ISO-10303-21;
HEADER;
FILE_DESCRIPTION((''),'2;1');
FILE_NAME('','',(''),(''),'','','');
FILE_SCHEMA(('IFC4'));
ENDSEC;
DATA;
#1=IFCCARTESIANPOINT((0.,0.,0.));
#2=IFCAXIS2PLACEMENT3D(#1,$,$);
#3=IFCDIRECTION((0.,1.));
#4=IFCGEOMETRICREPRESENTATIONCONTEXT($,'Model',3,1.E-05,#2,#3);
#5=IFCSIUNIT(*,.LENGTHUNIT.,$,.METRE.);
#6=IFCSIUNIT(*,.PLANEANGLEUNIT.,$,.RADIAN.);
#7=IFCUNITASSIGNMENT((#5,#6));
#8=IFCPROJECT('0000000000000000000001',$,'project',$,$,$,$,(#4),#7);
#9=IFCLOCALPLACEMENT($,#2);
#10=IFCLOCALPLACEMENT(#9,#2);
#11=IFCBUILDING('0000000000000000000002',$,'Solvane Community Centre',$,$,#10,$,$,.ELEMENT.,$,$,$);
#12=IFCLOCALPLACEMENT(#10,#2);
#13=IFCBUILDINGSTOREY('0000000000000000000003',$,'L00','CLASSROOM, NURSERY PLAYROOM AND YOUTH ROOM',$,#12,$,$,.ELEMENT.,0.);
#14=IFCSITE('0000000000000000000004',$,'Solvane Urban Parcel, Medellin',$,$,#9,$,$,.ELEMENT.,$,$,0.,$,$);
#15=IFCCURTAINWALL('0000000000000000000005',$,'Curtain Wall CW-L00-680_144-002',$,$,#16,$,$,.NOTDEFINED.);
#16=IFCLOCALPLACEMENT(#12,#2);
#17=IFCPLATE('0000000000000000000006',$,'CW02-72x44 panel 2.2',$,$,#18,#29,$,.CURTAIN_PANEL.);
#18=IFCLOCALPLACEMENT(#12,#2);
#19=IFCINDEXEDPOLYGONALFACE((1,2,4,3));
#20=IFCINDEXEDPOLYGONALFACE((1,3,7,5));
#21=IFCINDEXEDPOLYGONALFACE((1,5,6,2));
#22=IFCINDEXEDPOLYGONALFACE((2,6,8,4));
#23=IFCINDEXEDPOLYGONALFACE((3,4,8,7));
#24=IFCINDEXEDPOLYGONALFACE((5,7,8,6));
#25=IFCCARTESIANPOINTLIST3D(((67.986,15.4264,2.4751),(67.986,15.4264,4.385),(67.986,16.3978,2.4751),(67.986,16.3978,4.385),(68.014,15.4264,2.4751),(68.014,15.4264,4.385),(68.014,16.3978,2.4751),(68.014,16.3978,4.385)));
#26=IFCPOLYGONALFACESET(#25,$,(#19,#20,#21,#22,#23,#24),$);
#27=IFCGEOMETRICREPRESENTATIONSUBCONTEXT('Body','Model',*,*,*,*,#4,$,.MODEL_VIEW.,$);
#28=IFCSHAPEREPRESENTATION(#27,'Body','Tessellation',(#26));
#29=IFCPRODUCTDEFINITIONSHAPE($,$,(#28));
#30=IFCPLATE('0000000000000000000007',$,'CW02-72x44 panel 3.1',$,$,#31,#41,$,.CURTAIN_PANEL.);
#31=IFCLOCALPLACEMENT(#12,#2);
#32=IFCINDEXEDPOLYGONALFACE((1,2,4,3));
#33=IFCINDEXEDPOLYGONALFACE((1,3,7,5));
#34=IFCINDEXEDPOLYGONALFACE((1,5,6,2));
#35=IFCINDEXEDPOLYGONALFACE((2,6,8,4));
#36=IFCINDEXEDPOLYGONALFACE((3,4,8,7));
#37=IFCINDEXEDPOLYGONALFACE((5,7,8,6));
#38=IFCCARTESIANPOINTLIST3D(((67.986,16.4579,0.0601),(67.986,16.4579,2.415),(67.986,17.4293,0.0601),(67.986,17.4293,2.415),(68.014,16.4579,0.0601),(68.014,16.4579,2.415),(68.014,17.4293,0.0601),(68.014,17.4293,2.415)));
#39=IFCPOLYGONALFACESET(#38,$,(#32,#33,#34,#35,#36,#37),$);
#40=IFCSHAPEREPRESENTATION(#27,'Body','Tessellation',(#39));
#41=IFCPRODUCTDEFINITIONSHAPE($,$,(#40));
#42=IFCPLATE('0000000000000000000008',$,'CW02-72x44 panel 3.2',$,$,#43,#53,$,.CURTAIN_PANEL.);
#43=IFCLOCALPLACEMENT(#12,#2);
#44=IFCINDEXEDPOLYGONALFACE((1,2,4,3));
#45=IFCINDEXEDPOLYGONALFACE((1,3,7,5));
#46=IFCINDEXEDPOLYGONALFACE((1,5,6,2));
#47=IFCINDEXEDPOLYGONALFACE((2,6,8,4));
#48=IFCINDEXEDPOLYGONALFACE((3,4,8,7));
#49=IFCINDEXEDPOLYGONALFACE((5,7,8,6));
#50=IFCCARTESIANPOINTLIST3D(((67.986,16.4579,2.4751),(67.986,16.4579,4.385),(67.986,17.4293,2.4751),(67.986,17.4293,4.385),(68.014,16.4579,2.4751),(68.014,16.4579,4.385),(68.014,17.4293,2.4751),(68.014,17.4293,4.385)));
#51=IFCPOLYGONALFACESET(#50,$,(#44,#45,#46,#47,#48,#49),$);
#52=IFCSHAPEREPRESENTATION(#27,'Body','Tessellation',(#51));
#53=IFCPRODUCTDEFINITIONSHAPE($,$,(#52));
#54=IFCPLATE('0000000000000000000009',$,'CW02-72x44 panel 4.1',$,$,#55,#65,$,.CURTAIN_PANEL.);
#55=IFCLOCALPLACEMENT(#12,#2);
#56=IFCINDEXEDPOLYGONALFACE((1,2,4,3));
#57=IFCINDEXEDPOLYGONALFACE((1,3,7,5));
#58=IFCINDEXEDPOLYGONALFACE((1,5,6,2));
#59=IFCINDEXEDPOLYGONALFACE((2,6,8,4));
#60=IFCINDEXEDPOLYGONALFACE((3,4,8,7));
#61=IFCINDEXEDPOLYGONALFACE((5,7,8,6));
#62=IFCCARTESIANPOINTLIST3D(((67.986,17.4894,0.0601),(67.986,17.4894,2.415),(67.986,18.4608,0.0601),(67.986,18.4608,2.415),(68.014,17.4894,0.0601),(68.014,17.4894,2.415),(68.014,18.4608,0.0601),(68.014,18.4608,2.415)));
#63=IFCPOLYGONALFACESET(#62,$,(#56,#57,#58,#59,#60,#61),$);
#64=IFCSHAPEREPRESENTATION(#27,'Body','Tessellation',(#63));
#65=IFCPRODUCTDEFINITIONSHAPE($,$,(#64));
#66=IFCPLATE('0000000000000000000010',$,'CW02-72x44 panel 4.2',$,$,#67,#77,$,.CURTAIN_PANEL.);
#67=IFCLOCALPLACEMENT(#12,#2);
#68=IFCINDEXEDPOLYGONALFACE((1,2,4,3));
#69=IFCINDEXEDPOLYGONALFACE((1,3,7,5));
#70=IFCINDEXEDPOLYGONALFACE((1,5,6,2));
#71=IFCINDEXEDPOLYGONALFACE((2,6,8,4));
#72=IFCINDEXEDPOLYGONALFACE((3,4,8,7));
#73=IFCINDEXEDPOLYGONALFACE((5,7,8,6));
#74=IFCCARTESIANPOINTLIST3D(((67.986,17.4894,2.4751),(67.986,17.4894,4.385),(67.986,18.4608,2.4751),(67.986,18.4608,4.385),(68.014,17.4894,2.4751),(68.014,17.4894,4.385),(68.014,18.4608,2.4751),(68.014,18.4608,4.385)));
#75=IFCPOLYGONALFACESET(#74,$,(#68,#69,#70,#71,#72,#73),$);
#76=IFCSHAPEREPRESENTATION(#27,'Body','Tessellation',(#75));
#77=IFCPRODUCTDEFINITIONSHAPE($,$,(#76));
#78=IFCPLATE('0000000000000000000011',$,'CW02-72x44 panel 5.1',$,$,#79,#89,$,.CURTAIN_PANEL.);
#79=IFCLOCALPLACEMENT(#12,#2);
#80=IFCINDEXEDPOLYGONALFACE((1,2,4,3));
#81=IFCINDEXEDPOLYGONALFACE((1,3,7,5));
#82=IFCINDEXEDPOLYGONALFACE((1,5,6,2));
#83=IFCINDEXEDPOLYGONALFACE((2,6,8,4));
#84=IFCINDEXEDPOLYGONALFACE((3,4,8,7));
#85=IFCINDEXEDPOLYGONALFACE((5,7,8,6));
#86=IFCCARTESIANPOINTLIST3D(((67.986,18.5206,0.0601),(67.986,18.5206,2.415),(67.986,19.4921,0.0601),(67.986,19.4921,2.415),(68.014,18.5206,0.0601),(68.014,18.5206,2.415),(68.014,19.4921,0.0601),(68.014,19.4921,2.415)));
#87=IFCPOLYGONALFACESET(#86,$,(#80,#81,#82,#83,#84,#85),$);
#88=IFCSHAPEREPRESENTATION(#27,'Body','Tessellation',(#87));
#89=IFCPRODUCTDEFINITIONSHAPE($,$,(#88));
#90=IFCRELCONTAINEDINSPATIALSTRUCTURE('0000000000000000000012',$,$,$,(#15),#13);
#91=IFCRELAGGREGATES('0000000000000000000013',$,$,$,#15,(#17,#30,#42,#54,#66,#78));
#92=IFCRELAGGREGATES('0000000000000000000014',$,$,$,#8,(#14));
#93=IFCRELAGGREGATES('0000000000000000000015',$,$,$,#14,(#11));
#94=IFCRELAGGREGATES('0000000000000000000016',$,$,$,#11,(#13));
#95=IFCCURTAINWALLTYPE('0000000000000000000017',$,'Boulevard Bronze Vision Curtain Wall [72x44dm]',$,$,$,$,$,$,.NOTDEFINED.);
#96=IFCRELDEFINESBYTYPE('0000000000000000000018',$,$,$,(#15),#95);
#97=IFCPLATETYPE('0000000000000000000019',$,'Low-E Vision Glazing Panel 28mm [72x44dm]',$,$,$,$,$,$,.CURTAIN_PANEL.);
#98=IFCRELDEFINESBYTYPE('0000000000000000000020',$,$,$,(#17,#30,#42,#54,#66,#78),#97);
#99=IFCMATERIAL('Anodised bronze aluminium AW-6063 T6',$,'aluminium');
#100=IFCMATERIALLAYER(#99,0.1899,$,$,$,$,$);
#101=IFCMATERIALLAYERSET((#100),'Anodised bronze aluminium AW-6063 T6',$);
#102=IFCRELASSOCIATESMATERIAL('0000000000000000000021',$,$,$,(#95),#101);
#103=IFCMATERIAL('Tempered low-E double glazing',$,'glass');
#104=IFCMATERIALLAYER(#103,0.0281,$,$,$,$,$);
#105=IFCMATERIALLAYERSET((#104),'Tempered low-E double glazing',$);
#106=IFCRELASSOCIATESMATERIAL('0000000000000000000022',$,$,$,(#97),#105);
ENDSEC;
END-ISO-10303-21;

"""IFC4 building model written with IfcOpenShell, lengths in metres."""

from ifc_helpers import new_model, si_unit, direction, frame, origin, origin_2d, place, context, subcontext, project, spatial, rectangle, extrude, material, layer, layer_set, type_object, element, aggregate, save


model = new_model("IFC4")

# Units and contexts
model_context = context("Model", 3, precision=1e-05, world=origin(), true_north=direction((0.0, 1.0)))
body_context = subcontext(model_context, "Body", "Model", "MODEL_VIEW")
ifc_project = project(units=[si_unit("LENGTHUNIT", "METRE"), si_unit("PLANEANGLEUNIT", "RADIAN")], contexts=[model_context])

# Site, building, storey
site_placement = place(None, origin())
site = spatial("IfcSite", under=ifc_project, at=site_placement, Name="Solvane Urban Parcel, Medellin", CompositionType="ELEMENT", RefElevation=0.0)
building_placement = place(site_placement, origin())
building = spatial("IfcBuilding", under=site, at=building_placement, Name="Solvane Community Centre", CompositionType="ELEMENT")
storey_placement = place(building_placement, origin())
storey = spatial("IfcBuildingStorey", under=building, at=storey_placement, Name="L00", Description="CLASSROOM, NURSERY PLAYROOM AND YOUTH ROOM", CompositionType="ELEMENT", Elevation=0.0)

# Curtain wall, plates
ifc_material_1 = material(Name="Anodised bronze aluminium AW-6063 T6", Category="aluminium")
ifc_layer_1 = layer(ifc_material_1, 0.1899)
ifc_layer_set_1 = layer_set([ifc_layer_1], Name="Anodised bronze aluminium AW-6063 T6")
curtain_wall_type = type_object("IfcCurtainWallType", Name="Boulevard Bronze Vision Curtain Wall [72x44dm]", PredefinedType="NOTDEFINED", material=ifc_layer_set_1)
curtain_wall_placement = place(storey_placement, origin())
curtain_wall = element("IfcCurtainWall", 1, at=curtain_wall_placement, inside=storey, type_object=curtain_wall_type, Name="Curtain Wall CW-L00-680_144-002", PredefinedType="NOTDEFINED")
ifc_material_2 = material(Name="Tempered low-E double glazing", Category="glass")
ifc_layer_2 = layer(ifc_material_2, 0.0281)
ifc_layer_set_2 = layer_set([ifc_layer_2], Name="Tempered low-E double glazing")
plate_type = type_object("IfcPlateType", Name="Low-E Vision Glazing Panel 28mm [72x44dm]", PredefinedType="CURTAIN_PANEL", material=ifc_layer_set_2)
plate_1_placement = place(storey_placement, frame((68.0, 15.9121, 2.4751), z_axis=(0.0, 0.0, 1.0), x_axis=(0.0, 1.0, 0.0)))
plate_1 = element("IfcPlate", 2, at=plate_1_placement, type_object=plate_type, Name="CW02-72x44 panel 2.2", PredefinedType="CURTAIN_PANEL", context=body_context, shape_type="SweptSolid", body=[
    extrude(rectangle(XDim=0.9714, YDim=0.0281, at=origin_2d()), origin(), (0.0, 0.0, 1.0), 1.9099),
])
plate_2_placement = place(storey_placement, frame((68.0, 16.9436, 0.0601), z_axis=(0.0, 0.0, 1.0), x_axis=(0.0, 1.0, 0.0)))
plate_2 = element("IfcPlate", 3, at=plate_2_placement, type_object=plate_type, Name="CW02-72x44 panel 3.1", PredefinedType="CURTAIN_PANEL", context=body_context, shape_type="SweptSolid", body=[
    extrude(rectangle(XDim=0.9714, YDim=0.0281, at=origin_2d()), origin(), (0.0, 0.0, 1.0), 2.355),
])
plate_3_placement = place(storey_placement, frame((68.0, 16.9436, 2.4751), z_axis=(0.0, 0.0, 1.0), x_axis=(0.0, 1.0, 0.0)))
plate_3 = element("IfcPlate", 4, at=plate_3_placement, type_object=plate_type, Name="CW02-72x44 panel 3.2", PredefinedType="CURTAIN_PANEL", context=body_context, shape_type="SweptSolid", body=[
    extrude(rectangle(XDim=0.9714, YDim=0.0281, at=origin_2d()), origin(), (0.0, 0.0, 1.0), 1.9099),
])
plate_4_placement = place(storey_placement, frame((68.0, 17.9751, 0.0601), z_axis=(0.0, 0.0, 1.0), x_axis=(0.0, 1.0, 0.0)))
plate_4 = element("IfcPlate", 5, at=plate_4_placement, type_object=plate_type, Name="CW02-72x44 panel 4.1", PredefinedType="CURTAIN_PANEL", context=body_context, shape_type="SweptSolid", body=[
    extrude(rectangle(XDim=0.9714, YDim=0.0281, at=origin_2d()), origin(), (0.0, 0.0, 1.0), 2.355),
])
plate_5_placement = place(storey_placement, frame((68.0, 17.9751, 2.4751), z_axis=(0.0, 0.0, 1.0), x_axis=(0.0, 1.0, 0.0)))
plate_5 = element("IfcPlate", 6, at=plate_5_placement, type_object=plate_type, Name="CW02-72x44 panel 4.2", PredefinedType="CURTAIN_PANEL", context=body_context, shape_type="SweptSolid", body=[
    extrude(rectangle(XDim=0.9714, YDim=0.0281, at=origin_2d()), origin(), (0.0, 0.0, 1.0), 1.9099),
])
plate_6_placement = place(storey_placement, frame((68.0, 19.0063, 0.0601), z_axis=(0.0, 0.0, 1.0), x_axis=(0.0, 1.0, 0.0)))
plate_6 = element("IfcPlate", 7, at=plate_6_placement, type_object=plate_type, Name="CW02-72x44 panel 5.1", PredefinedType="CURTAIN_PANEL", context=body_context, shape_type="SweptSolid", body=[
    extrude(rectangle(XDim=0.9714, YDim=0.0281, at=origin_2d()), origin(), (0.0, 0.0, 1.0), 2.355),
])
aggregate(curtain_wall, [plate_1, plate_2, plate_3, plate_4, plate_5, plate_6])

save(model, "model.ifc")
